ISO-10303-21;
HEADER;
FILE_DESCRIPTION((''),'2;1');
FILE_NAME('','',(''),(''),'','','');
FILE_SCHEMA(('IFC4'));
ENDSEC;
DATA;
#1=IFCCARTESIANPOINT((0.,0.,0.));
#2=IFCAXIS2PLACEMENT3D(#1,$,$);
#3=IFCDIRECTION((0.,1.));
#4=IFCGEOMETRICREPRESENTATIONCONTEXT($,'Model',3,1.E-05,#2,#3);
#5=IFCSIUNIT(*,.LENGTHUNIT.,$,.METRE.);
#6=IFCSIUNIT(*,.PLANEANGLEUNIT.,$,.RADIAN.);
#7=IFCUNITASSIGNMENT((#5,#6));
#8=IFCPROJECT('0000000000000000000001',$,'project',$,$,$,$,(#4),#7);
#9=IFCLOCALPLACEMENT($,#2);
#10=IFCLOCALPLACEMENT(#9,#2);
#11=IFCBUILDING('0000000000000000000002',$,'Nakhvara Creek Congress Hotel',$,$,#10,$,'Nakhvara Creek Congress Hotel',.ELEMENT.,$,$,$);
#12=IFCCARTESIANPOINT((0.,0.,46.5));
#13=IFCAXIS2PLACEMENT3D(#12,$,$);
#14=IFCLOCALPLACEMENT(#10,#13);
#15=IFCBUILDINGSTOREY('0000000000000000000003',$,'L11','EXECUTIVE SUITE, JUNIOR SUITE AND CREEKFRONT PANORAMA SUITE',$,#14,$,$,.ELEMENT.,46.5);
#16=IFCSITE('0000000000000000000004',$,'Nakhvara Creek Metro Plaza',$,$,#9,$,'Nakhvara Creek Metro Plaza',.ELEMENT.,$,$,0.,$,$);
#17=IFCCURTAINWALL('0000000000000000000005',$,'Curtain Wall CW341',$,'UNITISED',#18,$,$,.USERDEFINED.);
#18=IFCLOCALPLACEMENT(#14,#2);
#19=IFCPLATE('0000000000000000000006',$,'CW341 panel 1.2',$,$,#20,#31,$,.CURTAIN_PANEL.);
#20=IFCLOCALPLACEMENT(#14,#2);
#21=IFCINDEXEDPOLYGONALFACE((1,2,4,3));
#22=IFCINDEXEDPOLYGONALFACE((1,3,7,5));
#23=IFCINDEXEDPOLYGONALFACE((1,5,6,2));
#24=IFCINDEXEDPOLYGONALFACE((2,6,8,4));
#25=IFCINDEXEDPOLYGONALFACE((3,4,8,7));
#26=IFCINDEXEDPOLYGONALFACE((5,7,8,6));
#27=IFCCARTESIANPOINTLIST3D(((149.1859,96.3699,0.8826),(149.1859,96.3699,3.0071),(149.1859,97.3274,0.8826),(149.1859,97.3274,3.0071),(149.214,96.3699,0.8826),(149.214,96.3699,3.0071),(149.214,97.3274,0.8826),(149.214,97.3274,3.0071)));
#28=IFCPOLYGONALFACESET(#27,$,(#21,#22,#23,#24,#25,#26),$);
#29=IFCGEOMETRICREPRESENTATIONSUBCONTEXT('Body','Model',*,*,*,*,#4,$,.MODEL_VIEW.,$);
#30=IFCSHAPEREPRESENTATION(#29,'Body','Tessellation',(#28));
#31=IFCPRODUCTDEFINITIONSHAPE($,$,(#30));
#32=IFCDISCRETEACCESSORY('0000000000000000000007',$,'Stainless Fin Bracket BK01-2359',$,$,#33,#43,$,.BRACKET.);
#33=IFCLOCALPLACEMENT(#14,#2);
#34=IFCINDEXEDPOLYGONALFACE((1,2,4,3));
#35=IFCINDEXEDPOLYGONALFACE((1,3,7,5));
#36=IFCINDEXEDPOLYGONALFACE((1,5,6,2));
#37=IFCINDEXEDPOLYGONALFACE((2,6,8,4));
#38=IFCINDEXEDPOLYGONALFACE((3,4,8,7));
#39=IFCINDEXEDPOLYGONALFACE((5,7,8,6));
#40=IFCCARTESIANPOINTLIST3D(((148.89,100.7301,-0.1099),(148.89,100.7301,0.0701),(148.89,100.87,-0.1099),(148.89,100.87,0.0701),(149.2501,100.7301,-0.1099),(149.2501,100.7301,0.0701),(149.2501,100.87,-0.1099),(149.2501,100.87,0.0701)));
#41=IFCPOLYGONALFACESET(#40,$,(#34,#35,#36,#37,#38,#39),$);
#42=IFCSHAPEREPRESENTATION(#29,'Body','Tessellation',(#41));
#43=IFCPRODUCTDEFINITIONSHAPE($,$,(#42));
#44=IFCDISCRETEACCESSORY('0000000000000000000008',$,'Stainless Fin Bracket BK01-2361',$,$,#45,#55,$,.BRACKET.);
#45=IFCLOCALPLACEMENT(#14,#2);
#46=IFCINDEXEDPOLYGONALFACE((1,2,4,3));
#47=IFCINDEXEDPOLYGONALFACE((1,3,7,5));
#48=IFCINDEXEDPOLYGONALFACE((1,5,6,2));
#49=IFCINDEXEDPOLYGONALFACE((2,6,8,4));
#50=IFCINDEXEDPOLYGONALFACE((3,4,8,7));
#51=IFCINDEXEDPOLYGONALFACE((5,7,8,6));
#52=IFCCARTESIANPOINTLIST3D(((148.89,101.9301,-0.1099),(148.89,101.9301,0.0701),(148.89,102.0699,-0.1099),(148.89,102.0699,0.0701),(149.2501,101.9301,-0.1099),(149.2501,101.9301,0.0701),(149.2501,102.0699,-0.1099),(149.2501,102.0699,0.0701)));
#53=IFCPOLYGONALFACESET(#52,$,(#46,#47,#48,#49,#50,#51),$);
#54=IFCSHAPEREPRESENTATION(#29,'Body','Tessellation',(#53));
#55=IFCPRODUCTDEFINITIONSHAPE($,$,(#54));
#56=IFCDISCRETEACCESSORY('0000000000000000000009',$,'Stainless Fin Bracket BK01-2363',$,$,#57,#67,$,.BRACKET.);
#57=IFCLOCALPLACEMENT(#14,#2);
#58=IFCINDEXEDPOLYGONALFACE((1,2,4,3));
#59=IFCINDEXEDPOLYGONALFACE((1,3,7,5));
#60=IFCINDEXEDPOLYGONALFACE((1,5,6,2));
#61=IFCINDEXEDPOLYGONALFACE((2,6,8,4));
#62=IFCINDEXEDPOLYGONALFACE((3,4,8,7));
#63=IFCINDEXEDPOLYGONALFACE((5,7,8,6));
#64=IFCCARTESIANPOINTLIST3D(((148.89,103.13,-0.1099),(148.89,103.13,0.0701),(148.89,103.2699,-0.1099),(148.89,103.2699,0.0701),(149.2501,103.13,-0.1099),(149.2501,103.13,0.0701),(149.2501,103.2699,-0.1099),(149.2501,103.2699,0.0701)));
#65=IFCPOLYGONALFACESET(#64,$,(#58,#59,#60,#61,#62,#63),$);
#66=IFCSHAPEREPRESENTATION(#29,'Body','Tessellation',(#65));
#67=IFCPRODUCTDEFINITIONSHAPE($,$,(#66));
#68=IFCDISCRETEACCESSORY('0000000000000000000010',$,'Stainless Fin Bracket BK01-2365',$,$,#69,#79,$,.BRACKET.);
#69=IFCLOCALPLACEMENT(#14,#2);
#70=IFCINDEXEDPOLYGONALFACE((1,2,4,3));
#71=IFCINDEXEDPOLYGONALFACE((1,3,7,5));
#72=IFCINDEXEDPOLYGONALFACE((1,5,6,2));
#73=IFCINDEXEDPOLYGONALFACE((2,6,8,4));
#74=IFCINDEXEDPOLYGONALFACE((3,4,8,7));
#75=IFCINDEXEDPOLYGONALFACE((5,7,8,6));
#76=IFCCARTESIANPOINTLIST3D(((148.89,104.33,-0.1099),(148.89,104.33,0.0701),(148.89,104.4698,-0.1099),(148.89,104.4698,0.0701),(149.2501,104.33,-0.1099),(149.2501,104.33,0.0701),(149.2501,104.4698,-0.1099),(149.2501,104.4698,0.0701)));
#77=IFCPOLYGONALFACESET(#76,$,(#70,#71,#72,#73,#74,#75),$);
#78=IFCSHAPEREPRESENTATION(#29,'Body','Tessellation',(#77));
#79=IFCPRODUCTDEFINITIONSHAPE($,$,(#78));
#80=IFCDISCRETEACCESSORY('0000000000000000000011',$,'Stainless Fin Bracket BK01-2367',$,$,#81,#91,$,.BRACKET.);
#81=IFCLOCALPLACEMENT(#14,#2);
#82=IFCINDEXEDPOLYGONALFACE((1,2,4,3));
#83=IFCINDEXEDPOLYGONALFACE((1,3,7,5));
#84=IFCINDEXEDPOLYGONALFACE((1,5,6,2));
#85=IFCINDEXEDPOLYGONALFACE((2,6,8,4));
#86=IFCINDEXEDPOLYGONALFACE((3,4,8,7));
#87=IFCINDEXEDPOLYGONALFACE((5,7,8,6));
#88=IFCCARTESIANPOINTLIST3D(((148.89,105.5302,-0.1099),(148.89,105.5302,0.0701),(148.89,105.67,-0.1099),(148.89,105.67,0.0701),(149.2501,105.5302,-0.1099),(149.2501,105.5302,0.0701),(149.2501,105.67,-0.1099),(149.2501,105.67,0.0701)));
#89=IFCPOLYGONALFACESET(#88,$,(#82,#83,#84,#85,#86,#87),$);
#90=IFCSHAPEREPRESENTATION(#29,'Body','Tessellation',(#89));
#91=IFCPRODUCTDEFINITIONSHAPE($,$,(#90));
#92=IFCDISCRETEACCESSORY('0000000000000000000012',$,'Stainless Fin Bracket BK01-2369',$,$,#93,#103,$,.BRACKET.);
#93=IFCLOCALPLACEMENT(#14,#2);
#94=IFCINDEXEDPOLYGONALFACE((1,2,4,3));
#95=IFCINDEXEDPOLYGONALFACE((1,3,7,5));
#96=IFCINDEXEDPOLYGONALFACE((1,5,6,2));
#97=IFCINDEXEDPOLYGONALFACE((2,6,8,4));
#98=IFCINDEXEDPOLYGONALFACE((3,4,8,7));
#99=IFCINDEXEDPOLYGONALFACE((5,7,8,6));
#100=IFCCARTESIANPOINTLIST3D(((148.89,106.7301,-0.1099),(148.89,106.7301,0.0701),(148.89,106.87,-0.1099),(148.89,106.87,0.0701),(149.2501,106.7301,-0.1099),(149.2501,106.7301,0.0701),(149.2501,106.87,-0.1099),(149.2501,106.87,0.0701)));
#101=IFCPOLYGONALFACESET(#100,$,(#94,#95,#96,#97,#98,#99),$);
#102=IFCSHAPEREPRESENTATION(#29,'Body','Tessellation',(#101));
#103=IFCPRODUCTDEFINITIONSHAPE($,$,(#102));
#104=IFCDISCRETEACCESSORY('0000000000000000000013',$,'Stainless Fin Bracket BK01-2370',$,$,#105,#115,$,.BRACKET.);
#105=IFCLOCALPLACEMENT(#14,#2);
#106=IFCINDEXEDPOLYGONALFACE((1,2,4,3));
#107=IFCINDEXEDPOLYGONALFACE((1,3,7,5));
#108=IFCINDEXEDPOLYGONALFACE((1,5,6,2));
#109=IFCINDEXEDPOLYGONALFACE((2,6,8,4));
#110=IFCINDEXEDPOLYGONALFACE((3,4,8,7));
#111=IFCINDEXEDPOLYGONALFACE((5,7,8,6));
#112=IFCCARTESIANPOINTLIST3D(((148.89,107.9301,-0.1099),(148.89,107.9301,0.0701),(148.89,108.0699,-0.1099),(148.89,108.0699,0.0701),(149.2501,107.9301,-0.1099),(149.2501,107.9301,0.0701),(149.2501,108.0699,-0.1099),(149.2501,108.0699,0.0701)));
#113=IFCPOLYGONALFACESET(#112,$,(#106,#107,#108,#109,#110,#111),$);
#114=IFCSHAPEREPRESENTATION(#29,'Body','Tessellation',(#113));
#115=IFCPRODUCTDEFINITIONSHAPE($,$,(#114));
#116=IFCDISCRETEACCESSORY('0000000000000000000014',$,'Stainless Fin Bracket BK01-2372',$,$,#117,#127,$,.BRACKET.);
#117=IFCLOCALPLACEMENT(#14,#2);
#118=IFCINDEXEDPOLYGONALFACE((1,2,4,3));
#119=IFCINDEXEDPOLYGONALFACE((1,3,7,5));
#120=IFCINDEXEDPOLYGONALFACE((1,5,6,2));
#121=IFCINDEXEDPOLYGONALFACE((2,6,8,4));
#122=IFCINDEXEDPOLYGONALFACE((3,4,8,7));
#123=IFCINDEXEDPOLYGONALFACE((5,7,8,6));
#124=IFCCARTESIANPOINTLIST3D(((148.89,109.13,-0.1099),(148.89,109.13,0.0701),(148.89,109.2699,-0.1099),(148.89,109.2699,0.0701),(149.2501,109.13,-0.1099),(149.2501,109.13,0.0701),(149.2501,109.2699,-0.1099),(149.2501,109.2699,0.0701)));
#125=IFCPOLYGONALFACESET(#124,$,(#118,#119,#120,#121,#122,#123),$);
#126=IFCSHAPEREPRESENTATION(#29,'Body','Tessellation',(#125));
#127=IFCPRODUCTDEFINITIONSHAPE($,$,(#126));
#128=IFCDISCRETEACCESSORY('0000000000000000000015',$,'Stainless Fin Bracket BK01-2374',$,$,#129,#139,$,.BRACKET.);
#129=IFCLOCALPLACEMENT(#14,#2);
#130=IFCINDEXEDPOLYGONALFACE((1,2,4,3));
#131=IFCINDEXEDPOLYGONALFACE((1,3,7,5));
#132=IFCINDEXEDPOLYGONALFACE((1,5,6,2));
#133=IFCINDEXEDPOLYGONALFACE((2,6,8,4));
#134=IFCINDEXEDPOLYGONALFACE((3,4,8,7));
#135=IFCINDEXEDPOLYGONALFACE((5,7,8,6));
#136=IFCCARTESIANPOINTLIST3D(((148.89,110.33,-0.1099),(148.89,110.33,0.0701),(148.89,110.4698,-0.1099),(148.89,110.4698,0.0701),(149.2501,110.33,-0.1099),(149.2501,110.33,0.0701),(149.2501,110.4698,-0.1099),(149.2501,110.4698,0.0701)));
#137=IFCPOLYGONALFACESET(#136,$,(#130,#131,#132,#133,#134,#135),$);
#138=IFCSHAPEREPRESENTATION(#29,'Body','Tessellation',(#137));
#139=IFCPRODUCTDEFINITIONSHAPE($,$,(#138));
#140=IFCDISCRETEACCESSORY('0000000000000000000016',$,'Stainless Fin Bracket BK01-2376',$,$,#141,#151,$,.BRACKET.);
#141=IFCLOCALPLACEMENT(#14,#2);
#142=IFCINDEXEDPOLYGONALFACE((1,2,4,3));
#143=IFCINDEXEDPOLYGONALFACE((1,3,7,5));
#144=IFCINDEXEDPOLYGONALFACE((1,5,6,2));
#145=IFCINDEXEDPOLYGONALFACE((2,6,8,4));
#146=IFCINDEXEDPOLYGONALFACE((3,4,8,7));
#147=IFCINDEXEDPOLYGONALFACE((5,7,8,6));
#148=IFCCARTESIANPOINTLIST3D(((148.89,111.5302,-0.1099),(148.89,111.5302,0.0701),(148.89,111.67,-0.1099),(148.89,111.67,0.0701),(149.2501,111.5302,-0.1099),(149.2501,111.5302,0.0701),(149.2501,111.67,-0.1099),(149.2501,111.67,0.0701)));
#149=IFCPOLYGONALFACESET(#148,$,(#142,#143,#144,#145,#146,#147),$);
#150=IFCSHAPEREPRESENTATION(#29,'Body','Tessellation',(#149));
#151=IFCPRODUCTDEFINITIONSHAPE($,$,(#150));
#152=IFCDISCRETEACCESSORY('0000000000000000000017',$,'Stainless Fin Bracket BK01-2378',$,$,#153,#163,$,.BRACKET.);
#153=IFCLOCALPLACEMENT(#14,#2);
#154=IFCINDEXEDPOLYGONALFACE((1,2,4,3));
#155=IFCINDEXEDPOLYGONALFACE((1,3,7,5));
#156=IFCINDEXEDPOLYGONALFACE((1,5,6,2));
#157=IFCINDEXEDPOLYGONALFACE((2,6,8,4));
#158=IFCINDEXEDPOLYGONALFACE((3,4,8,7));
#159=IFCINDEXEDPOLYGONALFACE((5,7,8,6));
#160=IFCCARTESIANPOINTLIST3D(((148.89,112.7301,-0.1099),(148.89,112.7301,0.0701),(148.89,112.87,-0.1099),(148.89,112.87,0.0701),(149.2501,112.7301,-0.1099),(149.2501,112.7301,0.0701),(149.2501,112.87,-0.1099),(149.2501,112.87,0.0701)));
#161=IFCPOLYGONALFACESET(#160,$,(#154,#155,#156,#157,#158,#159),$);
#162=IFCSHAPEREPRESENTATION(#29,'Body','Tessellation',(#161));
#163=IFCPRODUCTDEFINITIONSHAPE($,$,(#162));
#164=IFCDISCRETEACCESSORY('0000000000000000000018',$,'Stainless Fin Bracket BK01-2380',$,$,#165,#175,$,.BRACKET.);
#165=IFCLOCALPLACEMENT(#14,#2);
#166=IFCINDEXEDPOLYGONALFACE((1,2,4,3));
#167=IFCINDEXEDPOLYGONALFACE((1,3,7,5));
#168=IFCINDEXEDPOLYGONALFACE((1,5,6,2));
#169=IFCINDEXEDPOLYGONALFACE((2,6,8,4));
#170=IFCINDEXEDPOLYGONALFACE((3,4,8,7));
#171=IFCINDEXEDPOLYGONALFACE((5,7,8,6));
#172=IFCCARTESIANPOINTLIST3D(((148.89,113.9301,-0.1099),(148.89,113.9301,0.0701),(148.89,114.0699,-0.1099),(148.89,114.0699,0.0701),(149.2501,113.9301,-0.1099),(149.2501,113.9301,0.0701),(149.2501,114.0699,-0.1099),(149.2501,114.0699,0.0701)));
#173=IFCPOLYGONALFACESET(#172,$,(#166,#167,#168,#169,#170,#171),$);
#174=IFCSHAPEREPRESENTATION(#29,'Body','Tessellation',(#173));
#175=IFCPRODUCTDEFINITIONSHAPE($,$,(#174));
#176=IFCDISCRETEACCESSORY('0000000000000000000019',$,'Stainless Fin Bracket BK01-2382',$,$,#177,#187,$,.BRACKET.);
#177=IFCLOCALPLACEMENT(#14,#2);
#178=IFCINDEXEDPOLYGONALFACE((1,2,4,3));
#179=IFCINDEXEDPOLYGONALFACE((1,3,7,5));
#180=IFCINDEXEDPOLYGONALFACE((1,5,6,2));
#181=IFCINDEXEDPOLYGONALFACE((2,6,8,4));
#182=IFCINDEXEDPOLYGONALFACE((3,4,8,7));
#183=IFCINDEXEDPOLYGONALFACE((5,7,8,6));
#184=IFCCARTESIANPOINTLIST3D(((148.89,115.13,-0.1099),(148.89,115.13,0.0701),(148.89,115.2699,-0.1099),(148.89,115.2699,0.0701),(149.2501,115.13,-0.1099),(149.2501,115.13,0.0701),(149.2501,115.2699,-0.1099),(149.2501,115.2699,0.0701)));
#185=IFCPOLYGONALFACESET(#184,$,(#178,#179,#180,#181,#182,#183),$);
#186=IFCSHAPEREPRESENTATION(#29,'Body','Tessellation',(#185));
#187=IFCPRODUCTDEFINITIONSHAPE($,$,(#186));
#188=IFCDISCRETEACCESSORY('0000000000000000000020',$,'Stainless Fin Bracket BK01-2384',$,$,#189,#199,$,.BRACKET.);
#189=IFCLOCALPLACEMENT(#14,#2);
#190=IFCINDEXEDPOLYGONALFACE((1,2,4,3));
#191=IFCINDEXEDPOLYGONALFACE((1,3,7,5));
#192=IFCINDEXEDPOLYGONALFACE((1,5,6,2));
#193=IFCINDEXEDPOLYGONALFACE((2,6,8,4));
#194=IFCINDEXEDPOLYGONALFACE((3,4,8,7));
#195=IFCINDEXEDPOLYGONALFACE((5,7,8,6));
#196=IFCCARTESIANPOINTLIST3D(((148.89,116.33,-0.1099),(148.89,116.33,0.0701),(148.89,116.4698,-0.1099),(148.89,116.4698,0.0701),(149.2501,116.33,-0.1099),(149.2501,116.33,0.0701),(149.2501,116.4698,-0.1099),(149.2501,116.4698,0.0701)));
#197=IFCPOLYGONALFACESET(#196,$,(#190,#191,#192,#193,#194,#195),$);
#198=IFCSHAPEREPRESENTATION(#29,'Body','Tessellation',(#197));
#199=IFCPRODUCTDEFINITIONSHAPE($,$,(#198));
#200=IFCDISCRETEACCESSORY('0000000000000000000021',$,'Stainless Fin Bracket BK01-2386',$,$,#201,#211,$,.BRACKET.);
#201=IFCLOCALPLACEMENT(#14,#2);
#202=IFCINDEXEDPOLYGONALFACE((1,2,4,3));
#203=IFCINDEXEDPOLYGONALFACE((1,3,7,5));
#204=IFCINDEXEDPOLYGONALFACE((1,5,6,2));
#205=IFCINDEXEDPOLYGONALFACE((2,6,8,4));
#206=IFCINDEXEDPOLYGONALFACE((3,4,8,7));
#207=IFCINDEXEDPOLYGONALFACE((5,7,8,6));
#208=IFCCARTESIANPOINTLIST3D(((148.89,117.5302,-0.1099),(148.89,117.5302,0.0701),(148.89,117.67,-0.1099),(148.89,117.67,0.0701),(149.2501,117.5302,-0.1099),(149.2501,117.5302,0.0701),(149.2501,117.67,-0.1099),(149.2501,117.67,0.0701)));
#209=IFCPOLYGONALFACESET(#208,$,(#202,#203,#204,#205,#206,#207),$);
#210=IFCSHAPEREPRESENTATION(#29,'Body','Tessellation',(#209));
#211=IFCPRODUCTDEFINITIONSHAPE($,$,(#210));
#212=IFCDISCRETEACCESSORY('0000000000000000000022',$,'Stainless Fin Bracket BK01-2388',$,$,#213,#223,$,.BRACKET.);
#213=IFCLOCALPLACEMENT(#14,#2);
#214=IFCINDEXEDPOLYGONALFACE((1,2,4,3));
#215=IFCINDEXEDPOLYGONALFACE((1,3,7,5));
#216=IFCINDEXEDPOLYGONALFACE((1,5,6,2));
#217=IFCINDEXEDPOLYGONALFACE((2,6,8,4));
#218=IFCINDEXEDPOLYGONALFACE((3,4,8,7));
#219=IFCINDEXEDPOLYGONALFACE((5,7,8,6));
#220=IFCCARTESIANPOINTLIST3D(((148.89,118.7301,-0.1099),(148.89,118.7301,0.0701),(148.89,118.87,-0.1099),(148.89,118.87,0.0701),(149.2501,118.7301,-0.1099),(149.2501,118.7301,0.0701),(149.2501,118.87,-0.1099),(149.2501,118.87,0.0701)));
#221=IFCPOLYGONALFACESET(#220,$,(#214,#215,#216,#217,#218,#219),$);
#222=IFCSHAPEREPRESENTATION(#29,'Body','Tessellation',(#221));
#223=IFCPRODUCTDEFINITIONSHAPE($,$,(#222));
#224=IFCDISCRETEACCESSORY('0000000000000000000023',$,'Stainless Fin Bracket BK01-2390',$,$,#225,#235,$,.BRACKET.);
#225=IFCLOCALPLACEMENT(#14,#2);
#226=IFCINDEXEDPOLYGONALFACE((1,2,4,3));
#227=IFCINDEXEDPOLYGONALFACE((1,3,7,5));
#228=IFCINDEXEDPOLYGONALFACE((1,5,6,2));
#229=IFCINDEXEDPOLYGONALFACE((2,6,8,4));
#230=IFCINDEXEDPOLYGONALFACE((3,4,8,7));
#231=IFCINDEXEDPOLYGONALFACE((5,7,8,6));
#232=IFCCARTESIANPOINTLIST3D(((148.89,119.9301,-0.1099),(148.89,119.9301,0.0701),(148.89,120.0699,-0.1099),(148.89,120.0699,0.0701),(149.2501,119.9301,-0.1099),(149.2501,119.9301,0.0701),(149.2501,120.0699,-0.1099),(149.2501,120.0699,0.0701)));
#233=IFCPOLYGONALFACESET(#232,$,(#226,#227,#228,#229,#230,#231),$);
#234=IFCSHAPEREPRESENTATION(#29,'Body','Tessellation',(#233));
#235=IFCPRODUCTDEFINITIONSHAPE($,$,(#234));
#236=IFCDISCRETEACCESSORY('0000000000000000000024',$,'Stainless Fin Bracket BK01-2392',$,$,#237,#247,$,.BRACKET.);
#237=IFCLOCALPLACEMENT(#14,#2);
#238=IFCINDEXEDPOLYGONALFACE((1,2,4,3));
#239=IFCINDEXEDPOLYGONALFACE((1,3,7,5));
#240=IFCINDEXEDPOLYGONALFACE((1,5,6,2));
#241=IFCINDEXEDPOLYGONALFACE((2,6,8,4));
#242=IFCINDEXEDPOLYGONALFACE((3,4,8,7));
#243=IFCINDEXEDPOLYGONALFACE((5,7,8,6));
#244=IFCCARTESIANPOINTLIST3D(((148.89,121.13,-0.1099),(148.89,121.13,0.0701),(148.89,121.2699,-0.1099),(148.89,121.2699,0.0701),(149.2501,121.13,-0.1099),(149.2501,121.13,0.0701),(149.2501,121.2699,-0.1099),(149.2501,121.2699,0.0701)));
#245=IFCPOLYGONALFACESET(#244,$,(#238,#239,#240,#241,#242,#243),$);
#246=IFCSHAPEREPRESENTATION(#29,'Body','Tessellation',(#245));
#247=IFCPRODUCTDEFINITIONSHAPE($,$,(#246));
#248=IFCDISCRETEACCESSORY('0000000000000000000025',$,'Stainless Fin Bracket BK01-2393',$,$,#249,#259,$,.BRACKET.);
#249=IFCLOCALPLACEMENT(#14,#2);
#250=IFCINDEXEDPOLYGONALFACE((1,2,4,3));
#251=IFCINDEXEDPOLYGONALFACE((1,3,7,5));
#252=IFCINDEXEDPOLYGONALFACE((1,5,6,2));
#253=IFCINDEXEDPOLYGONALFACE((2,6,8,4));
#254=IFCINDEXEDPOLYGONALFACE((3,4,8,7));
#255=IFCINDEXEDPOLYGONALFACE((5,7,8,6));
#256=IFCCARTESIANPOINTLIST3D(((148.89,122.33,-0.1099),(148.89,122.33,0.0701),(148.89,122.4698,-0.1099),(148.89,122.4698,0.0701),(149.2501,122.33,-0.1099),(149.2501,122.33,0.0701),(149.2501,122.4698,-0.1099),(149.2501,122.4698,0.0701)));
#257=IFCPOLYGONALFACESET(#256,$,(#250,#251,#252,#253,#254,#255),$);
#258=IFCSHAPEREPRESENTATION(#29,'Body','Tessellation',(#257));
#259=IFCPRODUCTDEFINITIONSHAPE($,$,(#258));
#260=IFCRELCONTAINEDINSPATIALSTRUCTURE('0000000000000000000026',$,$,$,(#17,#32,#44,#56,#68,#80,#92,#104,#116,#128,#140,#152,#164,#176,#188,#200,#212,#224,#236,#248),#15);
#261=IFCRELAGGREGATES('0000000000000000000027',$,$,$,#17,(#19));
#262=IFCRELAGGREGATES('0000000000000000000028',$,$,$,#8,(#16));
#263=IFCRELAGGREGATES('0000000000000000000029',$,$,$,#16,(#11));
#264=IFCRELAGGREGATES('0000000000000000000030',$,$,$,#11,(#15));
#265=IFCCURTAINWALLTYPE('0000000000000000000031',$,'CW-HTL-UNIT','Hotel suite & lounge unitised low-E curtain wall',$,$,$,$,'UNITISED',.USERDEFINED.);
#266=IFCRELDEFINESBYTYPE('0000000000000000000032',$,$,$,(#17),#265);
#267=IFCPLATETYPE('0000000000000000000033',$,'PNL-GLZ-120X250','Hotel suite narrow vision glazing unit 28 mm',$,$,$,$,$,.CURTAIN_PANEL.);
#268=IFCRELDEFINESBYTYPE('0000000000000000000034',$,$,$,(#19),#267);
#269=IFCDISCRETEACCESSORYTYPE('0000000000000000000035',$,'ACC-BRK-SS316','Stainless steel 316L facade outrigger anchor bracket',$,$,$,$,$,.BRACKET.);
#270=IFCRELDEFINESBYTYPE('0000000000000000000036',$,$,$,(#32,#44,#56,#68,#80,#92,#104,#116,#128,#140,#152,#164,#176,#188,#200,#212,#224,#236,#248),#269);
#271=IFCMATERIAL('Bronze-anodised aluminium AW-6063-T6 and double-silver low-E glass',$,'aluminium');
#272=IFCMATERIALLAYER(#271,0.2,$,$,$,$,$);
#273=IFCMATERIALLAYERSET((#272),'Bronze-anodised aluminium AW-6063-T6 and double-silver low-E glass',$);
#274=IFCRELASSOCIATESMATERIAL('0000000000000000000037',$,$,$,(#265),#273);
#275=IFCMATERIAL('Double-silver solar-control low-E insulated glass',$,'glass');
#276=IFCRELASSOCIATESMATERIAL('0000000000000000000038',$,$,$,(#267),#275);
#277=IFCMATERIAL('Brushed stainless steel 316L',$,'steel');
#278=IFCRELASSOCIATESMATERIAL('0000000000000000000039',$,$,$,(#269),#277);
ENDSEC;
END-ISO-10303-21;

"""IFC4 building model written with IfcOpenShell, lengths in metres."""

from ifc_helpers import new_model, si_unit, direction, frame, origin, origin_2d, place, context, subcontext, project, spatial, rectangle, extrude, material, layer, layer_set, type_object, element, aggregate, save


model = new_model("IFC4")

# Units and contexts
model_context = context("Model", 3, precision=1e-05, world=origin(), true_north=direction((0.0, 1.0)))
body_context = subcontext(model_context, "Body", "Model", "MODEL_VIEW")
ifc_project = project(units=[si_unit("LENGTHUNIT", "METRE"), si_unit("PLANEANGLEUNIT", "RADIAN")], contexts=[model_context])

# Site, building, storey
site_placement = place(None, origin())
site = spatial("IfcSite", under=ifc_project, at=site_placement, Name="Nakhvara Creek Metro Plaza", LongName="Nakhvara Creek Metro Plaza", CompositionType="ELEMENT", RefElevation=0.0)
building_placement = place(site_placement, origin())
building = spatial("IfcBuilding", under=site, at=building_placement, Name="Nakhvara Creek Congress Hotel", LongName="Nakhvara Creek Congress Hotel", CompositionType="ELEMENT")
storey_placement = place(building_placement, frame((0.0, 0.0, 46.5)))
storey = spatial("IfcBuildingStorey", under=building, at=storey_placement, Name="L11", Description="EXECUTIVE SUITE, JUNIOR SUITE AND CREEKFRONT PANORAMA SUITE", CompositionType="ELEMENT", Elevation=46.5)

# Shared definitions
ifc_material_1 = material(Name="Bronze-anodised aluminium AW-6063-T6 and double-silver low-E glass", Category="aluminium")
ifc_layer = layer(ifc_material_1, 0.2)
ifc_layer_set = layer_set([ifc_layer], Name="Bronze-anodised aluminium AW-6063-T6 and double-silver low-E glass")
curtain_wall_type = type_object("IfcCurtainWallType", Name="CW-HTL-UNIT", Description="Hotel suite & lounge unitised low-E curtain wall", ElementType="UNITISED", PredefinedType="USERDEFINED", material=ifc_layer_set)

# Curtain wall
curtain_wall_1_placement = place(storey_placement, origin())
curtain_wall_1 = element("IfcCurtainWall", 1, at=curtain_wall_1_placement, inside=storey, type_object=curtain_wall_type, Name="Curtain Wall CW341", ObjectType="UNITISED", PredefinedType="USERDEFINED")

# Plate
ifc_material_2 = material(Name="Double-silver solar-control low-E insulated glass", Category="glass")
plate_type = type_object("IfcPlateType", Name="PNL-GLZ-120X250", Description="Hotel suite narrow vision glazing unit 28 mm", PredefinedType="CURTAIN_PANEL", material=ifc_material_2)
plate_1_placement = place(storey_placement, frame((149.2, 96.8486, 0.8826), z_axis=(0.0, 0.0, 1.0), x_axis=(0.0, 1.0, 0.0)))
plate_1 = element("IfcPlate", 2, at=plate_1_placement, type_object=plate_type, Name="CW341 panel 1.2", PredefinedType="CURTAIN_PANEL", context=body_context, shape_type="SweptSolid", body=[
    extrude(rectangle(XDim=0.9575, YDim=0.0281, at=origin_2d()), origin(), (0.0, 0.0, 1.0), 2.1245),
])
aggregate(curtain_wall_1, [plate_1])

# Discrete accessories
ifc_material_3 = material(Name="Brushed stainless steel 316L", Category="steel")
discrete_accessory_type = type_object("IfcDiscreteAccessoryType", Name="ACC-BRK-SS316", Description="Stainless steel 316L facade outrigger anchor bracket", PredefinedType="BRACKET", material=ifc_material_3)
for number, where, z_axis, x_axis, name in (
    (3, (149.0701, 100.8, -0.1099), (0.0, 0.0, 1.0), (0.0, 1.0, 0.0), "Stainless Fin Bracket BK01-2359"),
    (4, (149.0701, 102.0, -0.1099), (0.0, 0.0, 1.0), (0.0, 1.0, 0.0), "Stainless Fin Bracket BK01-2361"),
    (5, (149.0701, 103.2, -0.1099), (0.0, 0.0, 1.0), (0.0, 1.0, 0.0), "Stainless Fin Bracket BK01-2363"),
    (6, (149.0701, 104.3999, -0.1099), (0.0, 0.0, 1.0), (0.0, 1.0, 0.0), "Stainless Fin Bracket BK01-2365"),
    (7, (149.0701, 105.6001, -0.1099), (0.0, 0.0, 1.0), (0.0, 1.0, 0.0), "Stainless Fin Bracket BK01-2367"),
    (8, (149.0701, 106.8, -0.1099), (0.0, 0.0, 1.0), (0.0, 1.0, 0.0), "Stainless Fin Bracket BK01-2369"),
    (9, (149.0701, 108.0, -0.1099), (0.0, 0.0, 1.0), (0.0, 1.0, 0.0), "Stainless Fin Bracket BK01-2370"),
    (10, (149.0701, 109.2, -0.1099), (0.0, 0.0, 1.0), (0.0, 1.0, 0.0), "Stainless Fin Bracket BK01-2372"),
    (11, (149.0701, 110.3999, -0.1099), (0.0, 0.0, 1.0), (0.0, 1.0, 0.0), "Stainless Fin Bracket BK01-2374"),
    (12, (149.0701, 111.6001, -0.1099), (0.0, 0.0, 1.0), (0.0, 1.0, 0.0), "Stainless Fin Bracket BK01-2376"),
    (13, (149.0701, 112.8, -0.1099), (0.0, 0.0, 1.0), (0.0, 1.0, 0.0), "Stainless Fin Bracket BK01-2378"),
    (14, (149.0701, 114.0, -0.1099), (0.0, 0.0, 1.0), (0.0, 1.0, 0.0), "Stainless Fin Bracket BK01-2380"),
    (15, (149.0701, 115.2, -0.1099), (0.0, 0.0, 1.0), (0.0, 1.0, 0.0), "Stainless Fin Bracket BK01-2382"),
    (16, (149.0701, 116.3999, -0.1099), (0.0, 0.0, 1.0), (0.0, 1.0, 0.0), "Stainless Fin Bracket BK01-2384"),
    (17, (149.0701, 117.6001, -0.1099), (0.0, 0.0, 1.0), (0.0, 1.0, 0.0), "Stainless Fin Bracket BK01-2386"),
    (18, (149.0701, 118.8, -0.1099), (0.0, 0.0, 1.0), (0.0, 1.0, 0.0), "Stainless Fin Bracket BK01-2388"),
    (19, (149.0701, 120.0, -0.1099), (0.0, 0.0, 1.0), (0.0, 1.0, 0.0), "Stainless Fin Bracket BK01-2390"),
    (20, (149.0701, 121.2, -0.1099), (0.0, 0.0, 1.0), (0.0, 1.0, 0.0), "Stainless Fin Bracket BK01-2392"),
    (21, (149.0701, 122.3999, -0.1099), (0.0, 0.0, 1.0), (0.0, 1.0, 0.0), "Stainless Fin Bracket BK01-2393"),
):
    element("IfcDiscreteAccessory", number, at=place(storey_placement, frame(where, z_axis=z_axis, x_axis=x_axis)), inside=storey, type_object=discrete_accessory_type, Name=name, PredefinedType="BRACKET", context=body_context, shape_type="SweptSolid", body=[
        extrude(rectangle(XDim=0.1399, YDim=0.3601, at=origin_2d()), origin(), (0.0, 0.0, 1.0), 0.1799),
    ])

save(model, "model.ifc")
